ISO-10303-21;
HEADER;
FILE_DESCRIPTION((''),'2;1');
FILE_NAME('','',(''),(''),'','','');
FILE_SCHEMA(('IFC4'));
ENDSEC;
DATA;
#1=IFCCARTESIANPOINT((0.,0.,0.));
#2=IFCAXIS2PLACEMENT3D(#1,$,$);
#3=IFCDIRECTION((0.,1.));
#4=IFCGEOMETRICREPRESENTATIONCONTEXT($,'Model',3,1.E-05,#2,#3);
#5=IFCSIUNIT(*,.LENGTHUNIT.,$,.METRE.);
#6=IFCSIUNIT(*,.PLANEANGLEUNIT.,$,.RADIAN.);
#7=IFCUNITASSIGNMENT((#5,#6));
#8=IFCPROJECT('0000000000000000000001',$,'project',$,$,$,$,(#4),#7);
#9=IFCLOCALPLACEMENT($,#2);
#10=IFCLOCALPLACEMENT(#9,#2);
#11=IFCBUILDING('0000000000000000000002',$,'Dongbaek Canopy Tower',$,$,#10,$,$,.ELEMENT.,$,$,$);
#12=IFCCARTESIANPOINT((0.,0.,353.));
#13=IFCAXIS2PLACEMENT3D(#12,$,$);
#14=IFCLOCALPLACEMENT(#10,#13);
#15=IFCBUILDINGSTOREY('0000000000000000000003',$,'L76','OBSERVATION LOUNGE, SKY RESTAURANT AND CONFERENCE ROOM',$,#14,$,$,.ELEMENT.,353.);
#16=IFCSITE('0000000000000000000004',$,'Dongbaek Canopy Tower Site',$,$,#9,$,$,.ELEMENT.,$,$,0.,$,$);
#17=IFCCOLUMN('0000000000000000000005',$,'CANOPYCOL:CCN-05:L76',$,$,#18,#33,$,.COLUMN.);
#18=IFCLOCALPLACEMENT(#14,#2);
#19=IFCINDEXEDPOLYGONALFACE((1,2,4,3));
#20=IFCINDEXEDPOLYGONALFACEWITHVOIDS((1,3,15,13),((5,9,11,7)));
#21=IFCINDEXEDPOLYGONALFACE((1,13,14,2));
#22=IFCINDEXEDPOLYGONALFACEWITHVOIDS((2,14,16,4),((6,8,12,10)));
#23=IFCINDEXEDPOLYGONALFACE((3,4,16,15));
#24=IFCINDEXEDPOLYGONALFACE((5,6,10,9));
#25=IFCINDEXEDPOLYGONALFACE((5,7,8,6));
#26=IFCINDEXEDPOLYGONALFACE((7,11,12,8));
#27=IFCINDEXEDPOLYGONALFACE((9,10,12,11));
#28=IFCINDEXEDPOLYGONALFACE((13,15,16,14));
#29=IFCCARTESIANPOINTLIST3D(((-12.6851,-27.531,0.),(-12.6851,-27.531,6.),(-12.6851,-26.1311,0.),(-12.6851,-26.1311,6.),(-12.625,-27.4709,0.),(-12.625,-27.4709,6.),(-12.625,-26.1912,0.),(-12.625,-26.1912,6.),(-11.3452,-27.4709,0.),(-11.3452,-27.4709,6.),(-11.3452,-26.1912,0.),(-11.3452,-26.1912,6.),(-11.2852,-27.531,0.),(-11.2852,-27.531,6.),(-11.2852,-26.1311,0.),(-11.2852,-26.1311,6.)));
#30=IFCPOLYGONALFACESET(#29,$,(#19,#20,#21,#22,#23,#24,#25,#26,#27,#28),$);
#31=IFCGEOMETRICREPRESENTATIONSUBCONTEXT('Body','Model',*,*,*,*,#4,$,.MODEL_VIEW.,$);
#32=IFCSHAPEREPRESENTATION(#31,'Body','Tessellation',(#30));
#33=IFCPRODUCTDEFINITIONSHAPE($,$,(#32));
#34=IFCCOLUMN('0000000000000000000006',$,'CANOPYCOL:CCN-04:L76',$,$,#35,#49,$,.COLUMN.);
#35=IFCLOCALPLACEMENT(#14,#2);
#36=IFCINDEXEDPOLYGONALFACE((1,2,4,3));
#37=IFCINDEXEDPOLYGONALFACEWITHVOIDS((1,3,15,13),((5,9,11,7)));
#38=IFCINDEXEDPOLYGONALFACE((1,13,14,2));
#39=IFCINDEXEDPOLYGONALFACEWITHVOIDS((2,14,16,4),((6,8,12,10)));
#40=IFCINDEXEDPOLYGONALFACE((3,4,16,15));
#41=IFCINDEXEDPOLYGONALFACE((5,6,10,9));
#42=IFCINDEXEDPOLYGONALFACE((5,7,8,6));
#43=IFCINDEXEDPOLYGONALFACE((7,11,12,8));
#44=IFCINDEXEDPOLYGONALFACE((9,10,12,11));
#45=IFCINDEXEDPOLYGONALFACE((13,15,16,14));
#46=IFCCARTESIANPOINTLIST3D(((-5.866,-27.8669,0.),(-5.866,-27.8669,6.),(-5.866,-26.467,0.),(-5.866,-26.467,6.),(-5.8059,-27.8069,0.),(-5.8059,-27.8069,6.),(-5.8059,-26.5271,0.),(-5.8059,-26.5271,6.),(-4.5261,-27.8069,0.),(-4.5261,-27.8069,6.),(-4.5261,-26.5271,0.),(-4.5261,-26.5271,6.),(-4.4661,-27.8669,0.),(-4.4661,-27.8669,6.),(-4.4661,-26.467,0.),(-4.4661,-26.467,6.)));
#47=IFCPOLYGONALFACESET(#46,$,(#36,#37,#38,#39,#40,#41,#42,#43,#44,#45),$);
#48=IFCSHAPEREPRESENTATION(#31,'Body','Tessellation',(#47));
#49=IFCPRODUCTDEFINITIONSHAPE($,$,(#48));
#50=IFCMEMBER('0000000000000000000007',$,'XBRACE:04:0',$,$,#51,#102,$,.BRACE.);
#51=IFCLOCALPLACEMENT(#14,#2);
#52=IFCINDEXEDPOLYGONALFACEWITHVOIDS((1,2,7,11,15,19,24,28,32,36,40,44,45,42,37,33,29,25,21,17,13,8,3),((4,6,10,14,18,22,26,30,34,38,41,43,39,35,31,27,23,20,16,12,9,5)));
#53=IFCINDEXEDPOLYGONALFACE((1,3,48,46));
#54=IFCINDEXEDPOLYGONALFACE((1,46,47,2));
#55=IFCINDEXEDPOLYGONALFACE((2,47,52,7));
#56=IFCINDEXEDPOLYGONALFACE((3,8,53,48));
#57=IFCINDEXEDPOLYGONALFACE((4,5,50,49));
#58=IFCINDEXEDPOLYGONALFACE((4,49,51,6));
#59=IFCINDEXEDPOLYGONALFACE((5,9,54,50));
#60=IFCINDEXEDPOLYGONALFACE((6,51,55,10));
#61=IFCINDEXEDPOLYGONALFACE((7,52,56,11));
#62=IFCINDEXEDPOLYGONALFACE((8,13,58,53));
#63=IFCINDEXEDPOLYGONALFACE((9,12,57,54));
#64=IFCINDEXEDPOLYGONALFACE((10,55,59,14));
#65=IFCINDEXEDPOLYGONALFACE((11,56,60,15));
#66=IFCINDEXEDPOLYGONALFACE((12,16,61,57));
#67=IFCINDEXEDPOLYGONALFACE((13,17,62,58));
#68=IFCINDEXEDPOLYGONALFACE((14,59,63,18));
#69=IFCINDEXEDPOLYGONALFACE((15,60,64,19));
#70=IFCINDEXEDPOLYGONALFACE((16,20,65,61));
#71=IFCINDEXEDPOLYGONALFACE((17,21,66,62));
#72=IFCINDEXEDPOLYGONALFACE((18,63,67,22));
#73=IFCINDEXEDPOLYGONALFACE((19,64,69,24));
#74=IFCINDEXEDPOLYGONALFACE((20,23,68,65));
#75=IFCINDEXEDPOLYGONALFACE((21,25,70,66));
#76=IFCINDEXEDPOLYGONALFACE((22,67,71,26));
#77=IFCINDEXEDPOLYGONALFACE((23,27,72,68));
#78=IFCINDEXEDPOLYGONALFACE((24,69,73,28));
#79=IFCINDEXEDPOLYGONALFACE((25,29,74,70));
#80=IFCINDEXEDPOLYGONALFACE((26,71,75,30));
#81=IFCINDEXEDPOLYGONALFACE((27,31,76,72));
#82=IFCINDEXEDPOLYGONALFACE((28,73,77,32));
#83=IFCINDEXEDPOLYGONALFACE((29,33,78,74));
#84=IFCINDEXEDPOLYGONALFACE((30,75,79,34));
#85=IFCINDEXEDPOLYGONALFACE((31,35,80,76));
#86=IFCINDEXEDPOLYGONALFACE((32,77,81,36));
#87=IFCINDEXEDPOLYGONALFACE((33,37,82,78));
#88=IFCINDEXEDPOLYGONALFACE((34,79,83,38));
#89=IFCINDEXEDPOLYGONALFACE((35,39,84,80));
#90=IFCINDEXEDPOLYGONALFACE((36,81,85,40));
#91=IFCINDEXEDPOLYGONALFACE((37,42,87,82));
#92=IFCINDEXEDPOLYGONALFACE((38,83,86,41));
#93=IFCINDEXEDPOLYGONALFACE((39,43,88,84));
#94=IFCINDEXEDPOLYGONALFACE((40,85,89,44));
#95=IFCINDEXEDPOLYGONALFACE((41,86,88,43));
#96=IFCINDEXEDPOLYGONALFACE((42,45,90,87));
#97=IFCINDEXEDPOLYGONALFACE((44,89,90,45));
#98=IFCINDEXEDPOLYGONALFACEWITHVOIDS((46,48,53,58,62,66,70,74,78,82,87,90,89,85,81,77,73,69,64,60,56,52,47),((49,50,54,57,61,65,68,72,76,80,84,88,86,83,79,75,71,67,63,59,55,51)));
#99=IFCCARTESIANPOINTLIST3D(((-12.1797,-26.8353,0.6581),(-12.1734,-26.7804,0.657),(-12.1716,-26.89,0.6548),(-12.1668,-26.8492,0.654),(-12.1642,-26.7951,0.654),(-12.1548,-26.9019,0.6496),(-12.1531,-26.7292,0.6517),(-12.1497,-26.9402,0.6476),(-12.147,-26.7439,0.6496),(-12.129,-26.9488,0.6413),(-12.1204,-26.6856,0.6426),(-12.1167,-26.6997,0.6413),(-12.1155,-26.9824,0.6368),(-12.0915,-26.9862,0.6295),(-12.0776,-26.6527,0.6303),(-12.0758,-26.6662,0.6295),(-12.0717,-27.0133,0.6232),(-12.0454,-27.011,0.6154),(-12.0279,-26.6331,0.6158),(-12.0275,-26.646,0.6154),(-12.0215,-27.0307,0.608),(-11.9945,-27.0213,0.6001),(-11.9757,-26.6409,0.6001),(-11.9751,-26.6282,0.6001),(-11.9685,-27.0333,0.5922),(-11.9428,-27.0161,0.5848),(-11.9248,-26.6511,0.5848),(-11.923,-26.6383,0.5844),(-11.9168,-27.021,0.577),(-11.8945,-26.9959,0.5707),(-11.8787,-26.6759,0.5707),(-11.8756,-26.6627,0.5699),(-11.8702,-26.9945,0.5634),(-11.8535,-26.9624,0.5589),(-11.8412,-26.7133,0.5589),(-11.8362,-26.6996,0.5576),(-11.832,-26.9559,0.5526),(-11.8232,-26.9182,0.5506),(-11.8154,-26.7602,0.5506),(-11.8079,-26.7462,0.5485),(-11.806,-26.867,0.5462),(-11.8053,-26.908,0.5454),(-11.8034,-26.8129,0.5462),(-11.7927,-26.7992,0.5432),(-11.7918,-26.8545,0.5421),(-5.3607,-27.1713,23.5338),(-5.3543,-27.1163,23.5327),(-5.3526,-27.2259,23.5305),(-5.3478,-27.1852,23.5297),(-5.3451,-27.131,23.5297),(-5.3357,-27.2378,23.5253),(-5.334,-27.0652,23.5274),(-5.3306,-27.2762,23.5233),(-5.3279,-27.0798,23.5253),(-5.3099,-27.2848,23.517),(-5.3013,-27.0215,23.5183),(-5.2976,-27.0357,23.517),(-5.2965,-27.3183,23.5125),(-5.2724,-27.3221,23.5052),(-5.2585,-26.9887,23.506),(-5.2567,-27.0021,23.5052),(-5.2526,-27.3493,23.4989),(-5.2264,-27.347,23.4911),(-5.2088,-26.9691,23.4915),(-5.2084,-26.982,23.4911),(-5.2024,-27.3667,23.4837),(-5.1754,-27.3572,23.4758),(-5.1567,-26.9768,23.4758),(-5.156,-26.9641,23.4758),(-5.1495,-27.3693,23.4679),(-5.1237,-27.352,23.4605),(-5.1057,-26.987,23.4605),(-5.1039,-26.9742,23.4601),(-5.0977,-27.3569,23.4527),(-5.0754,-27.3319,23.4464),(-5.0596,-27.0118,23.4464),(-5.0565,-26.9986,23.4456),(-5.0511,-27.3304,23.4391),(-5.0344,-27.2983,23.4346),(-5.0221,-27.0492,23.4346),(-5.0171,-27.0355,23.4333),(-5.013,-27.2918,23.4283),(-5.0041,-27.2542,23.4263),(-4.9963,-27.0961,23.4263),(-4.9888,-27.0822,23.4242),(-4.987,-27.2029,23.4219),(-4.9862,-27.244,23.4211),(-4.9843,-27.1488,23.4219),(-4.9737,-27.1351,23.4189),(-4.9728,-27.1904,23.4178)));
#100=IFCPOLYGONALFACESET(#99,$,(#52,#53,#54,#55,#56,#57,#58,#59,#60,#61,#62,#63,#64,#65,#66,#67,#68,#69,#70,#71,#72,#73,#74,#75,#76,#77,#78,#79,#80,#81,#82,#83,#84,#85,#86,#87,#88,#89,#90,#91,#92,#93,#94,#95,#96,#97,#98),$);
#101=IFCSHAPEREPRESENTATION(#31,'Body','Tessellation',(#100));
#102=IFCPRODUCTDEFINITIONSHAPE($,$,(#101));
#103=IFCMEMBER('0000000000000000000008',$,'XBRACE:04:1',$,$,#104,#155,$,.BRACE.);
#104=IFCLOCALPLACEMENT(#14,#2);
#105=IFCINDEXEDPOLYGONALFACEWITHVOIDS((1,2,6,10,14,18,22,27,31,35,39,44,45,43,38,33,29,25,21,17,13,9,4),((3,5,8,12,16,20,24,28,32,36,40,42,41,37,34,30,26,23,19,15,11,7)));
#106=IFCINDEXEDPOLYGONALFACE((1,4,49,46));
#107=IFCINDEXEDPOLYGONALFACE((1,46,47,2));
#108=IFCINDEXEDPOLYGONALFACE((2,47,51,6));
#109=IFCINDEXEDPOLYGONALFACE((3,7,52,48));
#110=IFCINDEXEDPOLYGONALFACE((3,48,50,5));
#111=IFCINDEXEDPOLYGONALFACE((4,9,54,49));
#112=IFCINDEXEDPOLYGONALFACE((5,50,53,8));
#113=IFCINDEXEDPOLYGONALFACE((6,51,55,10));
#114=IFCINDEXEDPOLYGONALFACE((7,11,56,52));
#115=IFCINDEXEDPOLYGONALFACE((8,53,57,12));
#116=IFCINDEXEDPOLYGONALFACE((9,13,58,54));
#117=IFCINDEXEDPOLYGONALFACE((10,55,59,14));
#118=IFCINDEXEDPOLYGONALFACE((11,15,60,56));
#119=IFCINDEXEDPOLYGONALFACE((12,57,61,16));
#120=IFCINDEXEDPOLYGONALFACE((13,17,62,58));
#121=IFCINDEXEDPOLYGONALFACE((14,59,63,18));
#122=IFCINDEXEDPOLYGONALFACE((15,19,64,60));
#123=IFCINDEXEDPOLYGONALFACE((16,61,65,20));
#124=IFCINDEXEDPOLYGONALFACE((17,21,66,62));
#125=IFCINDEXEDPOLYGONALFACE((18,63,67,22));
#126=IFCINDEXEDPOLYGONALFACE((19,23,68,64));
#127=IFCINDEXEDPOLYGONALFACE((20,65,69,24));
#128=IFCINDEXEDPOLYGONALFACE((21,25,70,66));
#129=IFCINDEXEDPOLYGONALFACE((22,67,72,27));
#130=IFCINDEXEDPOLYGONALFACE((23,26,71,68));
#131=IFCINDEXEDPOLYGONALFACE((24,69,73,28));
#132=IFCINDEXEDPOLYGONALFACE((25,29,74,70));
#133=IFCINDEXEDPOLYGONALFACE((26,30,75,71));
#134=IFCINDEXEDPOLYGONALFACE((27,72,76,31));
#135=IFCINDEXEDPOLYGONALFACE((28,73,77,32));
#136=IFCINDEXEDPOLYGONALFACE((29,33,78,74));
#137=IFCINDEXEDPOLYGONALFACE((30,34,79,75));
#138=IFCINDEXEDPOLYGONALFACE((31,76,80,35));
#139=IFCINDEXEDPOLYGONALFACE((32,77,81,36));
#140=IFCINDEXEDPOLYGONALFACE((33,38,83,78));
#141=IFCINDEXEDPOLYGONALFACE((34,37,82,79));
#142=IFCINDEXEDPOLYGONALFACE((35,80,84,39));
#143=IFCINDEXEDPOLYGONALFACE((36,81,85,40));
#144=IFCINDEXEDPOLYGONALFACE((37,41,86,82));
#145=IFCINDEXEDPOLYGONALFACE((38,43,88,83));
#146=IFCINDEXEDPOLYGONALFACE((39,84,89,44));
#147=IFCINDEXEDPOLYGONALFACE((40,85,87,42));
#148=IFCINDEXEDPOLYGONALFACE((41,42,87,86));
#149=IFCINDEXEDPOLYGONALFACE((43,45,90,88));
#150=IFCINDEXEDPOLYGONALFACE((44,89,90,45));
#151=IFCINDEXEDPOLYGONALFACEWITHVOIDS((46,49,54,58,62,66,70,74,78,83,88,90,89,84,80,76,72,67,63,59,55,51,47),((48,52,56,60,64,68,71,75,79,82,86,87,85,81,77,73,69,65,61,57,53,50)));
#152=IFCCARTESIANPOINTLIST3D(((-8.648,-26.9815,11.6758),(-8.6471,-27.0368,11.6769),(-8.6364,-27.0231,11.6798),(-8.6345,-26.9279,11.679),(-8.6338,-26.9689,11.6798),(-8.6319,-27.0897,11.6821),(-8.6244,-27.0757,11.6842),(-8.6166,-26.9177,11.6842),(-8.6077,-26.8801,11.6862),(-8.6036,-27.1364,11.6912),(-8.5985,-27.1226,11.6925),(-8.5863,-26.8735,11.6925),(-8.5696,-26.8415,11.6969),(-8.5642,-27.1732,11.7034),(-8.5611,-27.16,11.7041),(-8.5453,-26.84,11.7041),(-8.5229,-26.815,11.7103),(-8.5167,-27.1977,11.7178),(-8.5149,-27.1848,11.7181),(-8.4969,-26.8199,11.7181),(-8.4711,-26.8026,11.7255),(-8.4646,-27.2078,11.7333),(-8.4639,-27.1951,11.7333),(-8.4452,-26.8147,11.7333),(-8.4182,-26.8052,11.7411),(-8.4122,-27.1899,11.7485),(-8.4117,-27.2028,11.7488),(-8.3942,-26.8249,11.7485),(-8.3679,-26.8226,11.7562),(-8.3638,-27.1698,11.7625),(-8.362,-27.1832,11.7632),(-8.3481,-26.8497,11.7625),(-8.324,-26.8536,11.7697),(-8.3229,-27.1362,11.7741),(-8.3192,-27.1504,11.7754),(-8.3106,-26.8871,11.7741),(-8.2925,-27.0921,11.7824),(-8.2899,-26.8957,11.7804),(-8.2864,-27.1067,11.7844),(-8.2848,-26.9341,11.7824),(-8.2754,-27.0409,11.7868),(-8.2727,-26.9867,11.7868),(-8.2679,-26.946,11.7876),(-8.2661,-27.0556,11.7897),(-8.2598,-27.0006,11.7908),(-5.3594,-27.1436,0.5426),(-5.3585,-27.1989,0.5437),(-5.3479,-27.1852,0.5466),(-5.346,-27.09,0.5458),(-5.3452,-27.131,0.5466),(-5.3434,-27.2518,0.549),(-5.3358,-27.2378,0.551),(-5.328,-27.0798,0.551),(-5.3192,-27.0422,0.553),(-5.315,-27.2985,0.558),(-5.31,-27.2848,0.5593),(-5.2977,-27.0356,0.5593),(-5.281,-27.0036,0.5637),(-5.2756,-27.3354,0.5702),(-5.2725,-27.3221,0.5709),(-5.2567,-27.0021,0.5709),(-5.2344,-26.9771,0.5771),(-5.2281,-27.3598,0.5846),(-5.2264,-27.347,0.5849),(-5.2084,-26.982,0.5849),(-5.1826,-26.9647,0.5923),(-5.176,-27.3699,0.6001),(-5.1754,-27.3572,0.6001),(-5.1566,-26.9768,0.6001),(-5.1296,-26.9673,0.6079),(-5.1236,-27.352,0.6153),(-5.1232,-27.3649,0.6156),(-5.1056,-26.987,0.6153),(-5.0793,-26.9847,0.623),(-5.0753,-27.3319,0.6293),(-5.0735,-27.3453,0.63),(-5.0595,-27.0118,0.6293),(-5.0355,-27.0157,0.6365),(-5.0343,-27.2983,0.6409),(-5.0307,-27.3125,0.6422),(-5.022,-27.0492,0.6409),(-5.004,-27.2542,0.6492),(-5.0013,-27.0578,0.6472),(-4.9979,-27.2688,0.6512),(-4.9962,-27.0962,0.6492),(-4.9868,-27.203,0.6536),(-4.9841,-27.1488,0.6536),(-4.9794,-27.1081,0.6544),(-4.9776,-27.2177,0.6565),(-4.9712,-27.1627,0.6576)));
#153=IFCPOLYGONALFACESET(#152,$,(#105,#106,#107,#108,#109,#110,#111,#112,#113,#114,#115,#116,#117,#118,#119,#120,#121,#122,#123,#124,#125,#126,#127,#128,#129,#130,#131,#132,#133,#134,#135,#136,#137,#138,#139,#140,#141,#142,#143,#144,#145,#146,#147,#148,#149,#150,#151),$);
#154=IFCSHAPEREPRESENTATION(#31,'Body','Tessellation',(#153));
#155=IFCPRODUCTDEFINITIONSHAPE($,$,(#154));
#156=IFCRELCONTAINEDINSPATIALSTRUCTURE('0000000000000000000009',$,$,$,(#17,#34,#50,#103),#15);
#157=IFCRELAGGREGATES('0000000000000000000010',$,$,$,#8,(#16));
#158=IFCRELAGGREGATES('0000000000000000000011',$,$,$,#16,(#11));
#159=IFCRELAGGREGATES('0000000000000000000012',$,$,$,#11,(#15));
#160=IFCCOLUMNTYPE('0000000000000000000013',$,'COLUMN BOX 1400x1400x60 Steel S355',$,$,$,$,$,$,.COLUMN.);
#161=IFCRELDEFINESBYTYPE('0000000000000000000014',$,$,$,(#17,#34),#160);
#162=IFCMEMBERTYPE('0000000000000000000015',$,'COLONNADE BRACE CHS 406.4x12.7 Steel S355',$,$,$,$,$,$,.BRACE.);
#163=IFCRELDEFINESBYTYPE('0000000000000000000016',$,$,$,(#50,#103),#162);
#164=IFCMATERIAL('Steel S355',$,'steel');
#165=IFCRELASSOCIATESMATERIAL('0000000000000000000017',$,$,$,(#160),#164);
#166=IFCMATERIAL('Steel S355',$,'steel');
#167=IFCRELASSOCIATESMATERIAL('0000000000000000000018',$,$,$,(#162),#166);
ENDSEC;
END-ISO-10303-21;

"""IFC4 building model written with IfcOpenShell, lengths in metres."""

from ifc_helpers import new_model, si_unit, direction, frame, origin, origin_2d, place, context, subcontext, project, spatial, hollow_rectangle, hollow_circle, extrude, material, material_profile, profile_set, type_object, element, save


model = new_model("IFC4")

# Units and contexts
model_context = context("Model", 3, precision=1e-05, world=origin(), true_north=direction((0.0, 1.0)))
body_context = subcontext(model_context, "Body", "Model", "MODEL_VIEW")
ifc_project = project(units=[si_unit("LENGTHUNIT", "METRE"), si_unit("PLANEANGLEUNIT", "RADIAN")], contexts=[model_context])

# Site, building, storey
site_placement = place(None, origin())
site = spatial("IfcSite", under=ifc_project, at=site_placement, Name="Dongbaek Canopy Tower Site", CompositionType="ELEMENT", RefElevation=0.0)
building_placement = place(site_placement, origin())
building = spatial("IfcBuilding", under=site, at=building_placement, Name="Dongbaek Canopy Tower", CompositionType="ELEMENT")
storey_placement = place(building_placement, frame((0.0, 0.0, 353.0)))
storey = spatial("IfcBuildingStorey", under=building, at=storey_placement, Name="L76", Description="OBSERVATION LOUNGE, SKY RESTAURANT AND CONFERENCE ROOM", CompositionType="ELEMENT", Elevation=353.0)

# Columns
ifc_material_1 = material(Name="Steel S355", Category="steel")
ifc_material_profile_1 = material_profile(ifc_material_1, hollow_rectangle(XDim=1.3999, YDim=1.3999, WallThickness=0.0601, at=origin_2d()), Name="COLUMN BOX 1400x1400x60 Steel S355")
ifc_profile_set_1 = profile_set([ifc_material_profile_1], Name="Steel S355")
column_type = type_object("IfcColumnType", Name="COLUMN BOX 1400x1400x60 Steel S355", PredefinedType="COLUMN", material=ifc_profile_set_1)
for number, where, z_axis, x_axis, name in (
    (1, (-11.9851, -26.8311, 0.0), (0.0, 0.0, 1.0), (1.0, 0.0, 0.0), "CANOPYCOL:CCN-05:L76"),
    (2, (-5.166, -27.167, 0.0), (0.0, 0.0, 1.0), (1.0, 0.0, 0.0), "CANOPYCOL:CCN-04:L76"),
):
    element("IfcColumn", number, at=place(storey_placement, frame(where, z_axis=z_axis, x_axis=x_axis)), inside=storey, type_object=column_type, Name=name, PredefinedType="COLUMN", context=body_context, shape_type="SweptSolid", body=[
        extrude(hollow_rectangle(XDim=1.3999, YDim=1.3999, WallThickness=0.0601, at=origin_2d()), origin(), (0.0, 0.0, 1.0), 6.0),
    ])

# Members
ifc_material_2 = material(Name="Steel S355", Category="steel")
ifc_material_profile_2 = material_profile(ifc_material_2, hollow_circle(Radius=0.2031, WallThickness=0.0127, at=origin_2d()), Name="COLONNADE BRACE CHS 406.4x12.7 Steel S355")
ifc_profile_set_2 = profile_set([ifc_material_profile_2], Name="Steel S355")
member_type_1 = type_object("IfcMemberType", Name="COLONNADE BRACE CHS 406.4x12.7 Steel S355", PredefinedType="BRACE", material=ifc_profile_set_2)
member_1_placement = place(storey_placement, frame((-11.9851, -26.8311, 0.6001), z_axis=(0.285642, -0.014072, 0.958233), x_axis=(0.049205, 0.998789, 0.0)))
element("IfcMember", 3, at=member_1_placement, inside=storey, type_object=member_type_1, Name="XBRACE:04:0", PredefinedType="BRACE", context=body_context, shape_type="SweptSolid", body=[
    extrude(hollow_circle(Radius=0.2031, WallThickness=0.0127, at=origin_2d()), origin(), (0.0, 0.0, 1.0), 23.8728),
])
member_2_placement = place(storey_placement, frame((-5.166, -27.167, 0.6001), z_axis=(-0.283254, 0.013963, 0.958943), x_axis=(-0.049235, -0.998787, 0.0)))
element("IfcMember", 4, at=member_2_placement, inside=storey, type_object=member_type_1, Name="XBRACE:04:1", PredefinedType="BRACE", context=body_context, shape_type="SweptSolid", body=[
    extrude(hollow_circle(Radius=0.2031, WallThickness=0.0127, at=origin_2d()), origin(), (0.0, 0.0, 1.0), 11.6099),
])

save(model, "model.ifc")
